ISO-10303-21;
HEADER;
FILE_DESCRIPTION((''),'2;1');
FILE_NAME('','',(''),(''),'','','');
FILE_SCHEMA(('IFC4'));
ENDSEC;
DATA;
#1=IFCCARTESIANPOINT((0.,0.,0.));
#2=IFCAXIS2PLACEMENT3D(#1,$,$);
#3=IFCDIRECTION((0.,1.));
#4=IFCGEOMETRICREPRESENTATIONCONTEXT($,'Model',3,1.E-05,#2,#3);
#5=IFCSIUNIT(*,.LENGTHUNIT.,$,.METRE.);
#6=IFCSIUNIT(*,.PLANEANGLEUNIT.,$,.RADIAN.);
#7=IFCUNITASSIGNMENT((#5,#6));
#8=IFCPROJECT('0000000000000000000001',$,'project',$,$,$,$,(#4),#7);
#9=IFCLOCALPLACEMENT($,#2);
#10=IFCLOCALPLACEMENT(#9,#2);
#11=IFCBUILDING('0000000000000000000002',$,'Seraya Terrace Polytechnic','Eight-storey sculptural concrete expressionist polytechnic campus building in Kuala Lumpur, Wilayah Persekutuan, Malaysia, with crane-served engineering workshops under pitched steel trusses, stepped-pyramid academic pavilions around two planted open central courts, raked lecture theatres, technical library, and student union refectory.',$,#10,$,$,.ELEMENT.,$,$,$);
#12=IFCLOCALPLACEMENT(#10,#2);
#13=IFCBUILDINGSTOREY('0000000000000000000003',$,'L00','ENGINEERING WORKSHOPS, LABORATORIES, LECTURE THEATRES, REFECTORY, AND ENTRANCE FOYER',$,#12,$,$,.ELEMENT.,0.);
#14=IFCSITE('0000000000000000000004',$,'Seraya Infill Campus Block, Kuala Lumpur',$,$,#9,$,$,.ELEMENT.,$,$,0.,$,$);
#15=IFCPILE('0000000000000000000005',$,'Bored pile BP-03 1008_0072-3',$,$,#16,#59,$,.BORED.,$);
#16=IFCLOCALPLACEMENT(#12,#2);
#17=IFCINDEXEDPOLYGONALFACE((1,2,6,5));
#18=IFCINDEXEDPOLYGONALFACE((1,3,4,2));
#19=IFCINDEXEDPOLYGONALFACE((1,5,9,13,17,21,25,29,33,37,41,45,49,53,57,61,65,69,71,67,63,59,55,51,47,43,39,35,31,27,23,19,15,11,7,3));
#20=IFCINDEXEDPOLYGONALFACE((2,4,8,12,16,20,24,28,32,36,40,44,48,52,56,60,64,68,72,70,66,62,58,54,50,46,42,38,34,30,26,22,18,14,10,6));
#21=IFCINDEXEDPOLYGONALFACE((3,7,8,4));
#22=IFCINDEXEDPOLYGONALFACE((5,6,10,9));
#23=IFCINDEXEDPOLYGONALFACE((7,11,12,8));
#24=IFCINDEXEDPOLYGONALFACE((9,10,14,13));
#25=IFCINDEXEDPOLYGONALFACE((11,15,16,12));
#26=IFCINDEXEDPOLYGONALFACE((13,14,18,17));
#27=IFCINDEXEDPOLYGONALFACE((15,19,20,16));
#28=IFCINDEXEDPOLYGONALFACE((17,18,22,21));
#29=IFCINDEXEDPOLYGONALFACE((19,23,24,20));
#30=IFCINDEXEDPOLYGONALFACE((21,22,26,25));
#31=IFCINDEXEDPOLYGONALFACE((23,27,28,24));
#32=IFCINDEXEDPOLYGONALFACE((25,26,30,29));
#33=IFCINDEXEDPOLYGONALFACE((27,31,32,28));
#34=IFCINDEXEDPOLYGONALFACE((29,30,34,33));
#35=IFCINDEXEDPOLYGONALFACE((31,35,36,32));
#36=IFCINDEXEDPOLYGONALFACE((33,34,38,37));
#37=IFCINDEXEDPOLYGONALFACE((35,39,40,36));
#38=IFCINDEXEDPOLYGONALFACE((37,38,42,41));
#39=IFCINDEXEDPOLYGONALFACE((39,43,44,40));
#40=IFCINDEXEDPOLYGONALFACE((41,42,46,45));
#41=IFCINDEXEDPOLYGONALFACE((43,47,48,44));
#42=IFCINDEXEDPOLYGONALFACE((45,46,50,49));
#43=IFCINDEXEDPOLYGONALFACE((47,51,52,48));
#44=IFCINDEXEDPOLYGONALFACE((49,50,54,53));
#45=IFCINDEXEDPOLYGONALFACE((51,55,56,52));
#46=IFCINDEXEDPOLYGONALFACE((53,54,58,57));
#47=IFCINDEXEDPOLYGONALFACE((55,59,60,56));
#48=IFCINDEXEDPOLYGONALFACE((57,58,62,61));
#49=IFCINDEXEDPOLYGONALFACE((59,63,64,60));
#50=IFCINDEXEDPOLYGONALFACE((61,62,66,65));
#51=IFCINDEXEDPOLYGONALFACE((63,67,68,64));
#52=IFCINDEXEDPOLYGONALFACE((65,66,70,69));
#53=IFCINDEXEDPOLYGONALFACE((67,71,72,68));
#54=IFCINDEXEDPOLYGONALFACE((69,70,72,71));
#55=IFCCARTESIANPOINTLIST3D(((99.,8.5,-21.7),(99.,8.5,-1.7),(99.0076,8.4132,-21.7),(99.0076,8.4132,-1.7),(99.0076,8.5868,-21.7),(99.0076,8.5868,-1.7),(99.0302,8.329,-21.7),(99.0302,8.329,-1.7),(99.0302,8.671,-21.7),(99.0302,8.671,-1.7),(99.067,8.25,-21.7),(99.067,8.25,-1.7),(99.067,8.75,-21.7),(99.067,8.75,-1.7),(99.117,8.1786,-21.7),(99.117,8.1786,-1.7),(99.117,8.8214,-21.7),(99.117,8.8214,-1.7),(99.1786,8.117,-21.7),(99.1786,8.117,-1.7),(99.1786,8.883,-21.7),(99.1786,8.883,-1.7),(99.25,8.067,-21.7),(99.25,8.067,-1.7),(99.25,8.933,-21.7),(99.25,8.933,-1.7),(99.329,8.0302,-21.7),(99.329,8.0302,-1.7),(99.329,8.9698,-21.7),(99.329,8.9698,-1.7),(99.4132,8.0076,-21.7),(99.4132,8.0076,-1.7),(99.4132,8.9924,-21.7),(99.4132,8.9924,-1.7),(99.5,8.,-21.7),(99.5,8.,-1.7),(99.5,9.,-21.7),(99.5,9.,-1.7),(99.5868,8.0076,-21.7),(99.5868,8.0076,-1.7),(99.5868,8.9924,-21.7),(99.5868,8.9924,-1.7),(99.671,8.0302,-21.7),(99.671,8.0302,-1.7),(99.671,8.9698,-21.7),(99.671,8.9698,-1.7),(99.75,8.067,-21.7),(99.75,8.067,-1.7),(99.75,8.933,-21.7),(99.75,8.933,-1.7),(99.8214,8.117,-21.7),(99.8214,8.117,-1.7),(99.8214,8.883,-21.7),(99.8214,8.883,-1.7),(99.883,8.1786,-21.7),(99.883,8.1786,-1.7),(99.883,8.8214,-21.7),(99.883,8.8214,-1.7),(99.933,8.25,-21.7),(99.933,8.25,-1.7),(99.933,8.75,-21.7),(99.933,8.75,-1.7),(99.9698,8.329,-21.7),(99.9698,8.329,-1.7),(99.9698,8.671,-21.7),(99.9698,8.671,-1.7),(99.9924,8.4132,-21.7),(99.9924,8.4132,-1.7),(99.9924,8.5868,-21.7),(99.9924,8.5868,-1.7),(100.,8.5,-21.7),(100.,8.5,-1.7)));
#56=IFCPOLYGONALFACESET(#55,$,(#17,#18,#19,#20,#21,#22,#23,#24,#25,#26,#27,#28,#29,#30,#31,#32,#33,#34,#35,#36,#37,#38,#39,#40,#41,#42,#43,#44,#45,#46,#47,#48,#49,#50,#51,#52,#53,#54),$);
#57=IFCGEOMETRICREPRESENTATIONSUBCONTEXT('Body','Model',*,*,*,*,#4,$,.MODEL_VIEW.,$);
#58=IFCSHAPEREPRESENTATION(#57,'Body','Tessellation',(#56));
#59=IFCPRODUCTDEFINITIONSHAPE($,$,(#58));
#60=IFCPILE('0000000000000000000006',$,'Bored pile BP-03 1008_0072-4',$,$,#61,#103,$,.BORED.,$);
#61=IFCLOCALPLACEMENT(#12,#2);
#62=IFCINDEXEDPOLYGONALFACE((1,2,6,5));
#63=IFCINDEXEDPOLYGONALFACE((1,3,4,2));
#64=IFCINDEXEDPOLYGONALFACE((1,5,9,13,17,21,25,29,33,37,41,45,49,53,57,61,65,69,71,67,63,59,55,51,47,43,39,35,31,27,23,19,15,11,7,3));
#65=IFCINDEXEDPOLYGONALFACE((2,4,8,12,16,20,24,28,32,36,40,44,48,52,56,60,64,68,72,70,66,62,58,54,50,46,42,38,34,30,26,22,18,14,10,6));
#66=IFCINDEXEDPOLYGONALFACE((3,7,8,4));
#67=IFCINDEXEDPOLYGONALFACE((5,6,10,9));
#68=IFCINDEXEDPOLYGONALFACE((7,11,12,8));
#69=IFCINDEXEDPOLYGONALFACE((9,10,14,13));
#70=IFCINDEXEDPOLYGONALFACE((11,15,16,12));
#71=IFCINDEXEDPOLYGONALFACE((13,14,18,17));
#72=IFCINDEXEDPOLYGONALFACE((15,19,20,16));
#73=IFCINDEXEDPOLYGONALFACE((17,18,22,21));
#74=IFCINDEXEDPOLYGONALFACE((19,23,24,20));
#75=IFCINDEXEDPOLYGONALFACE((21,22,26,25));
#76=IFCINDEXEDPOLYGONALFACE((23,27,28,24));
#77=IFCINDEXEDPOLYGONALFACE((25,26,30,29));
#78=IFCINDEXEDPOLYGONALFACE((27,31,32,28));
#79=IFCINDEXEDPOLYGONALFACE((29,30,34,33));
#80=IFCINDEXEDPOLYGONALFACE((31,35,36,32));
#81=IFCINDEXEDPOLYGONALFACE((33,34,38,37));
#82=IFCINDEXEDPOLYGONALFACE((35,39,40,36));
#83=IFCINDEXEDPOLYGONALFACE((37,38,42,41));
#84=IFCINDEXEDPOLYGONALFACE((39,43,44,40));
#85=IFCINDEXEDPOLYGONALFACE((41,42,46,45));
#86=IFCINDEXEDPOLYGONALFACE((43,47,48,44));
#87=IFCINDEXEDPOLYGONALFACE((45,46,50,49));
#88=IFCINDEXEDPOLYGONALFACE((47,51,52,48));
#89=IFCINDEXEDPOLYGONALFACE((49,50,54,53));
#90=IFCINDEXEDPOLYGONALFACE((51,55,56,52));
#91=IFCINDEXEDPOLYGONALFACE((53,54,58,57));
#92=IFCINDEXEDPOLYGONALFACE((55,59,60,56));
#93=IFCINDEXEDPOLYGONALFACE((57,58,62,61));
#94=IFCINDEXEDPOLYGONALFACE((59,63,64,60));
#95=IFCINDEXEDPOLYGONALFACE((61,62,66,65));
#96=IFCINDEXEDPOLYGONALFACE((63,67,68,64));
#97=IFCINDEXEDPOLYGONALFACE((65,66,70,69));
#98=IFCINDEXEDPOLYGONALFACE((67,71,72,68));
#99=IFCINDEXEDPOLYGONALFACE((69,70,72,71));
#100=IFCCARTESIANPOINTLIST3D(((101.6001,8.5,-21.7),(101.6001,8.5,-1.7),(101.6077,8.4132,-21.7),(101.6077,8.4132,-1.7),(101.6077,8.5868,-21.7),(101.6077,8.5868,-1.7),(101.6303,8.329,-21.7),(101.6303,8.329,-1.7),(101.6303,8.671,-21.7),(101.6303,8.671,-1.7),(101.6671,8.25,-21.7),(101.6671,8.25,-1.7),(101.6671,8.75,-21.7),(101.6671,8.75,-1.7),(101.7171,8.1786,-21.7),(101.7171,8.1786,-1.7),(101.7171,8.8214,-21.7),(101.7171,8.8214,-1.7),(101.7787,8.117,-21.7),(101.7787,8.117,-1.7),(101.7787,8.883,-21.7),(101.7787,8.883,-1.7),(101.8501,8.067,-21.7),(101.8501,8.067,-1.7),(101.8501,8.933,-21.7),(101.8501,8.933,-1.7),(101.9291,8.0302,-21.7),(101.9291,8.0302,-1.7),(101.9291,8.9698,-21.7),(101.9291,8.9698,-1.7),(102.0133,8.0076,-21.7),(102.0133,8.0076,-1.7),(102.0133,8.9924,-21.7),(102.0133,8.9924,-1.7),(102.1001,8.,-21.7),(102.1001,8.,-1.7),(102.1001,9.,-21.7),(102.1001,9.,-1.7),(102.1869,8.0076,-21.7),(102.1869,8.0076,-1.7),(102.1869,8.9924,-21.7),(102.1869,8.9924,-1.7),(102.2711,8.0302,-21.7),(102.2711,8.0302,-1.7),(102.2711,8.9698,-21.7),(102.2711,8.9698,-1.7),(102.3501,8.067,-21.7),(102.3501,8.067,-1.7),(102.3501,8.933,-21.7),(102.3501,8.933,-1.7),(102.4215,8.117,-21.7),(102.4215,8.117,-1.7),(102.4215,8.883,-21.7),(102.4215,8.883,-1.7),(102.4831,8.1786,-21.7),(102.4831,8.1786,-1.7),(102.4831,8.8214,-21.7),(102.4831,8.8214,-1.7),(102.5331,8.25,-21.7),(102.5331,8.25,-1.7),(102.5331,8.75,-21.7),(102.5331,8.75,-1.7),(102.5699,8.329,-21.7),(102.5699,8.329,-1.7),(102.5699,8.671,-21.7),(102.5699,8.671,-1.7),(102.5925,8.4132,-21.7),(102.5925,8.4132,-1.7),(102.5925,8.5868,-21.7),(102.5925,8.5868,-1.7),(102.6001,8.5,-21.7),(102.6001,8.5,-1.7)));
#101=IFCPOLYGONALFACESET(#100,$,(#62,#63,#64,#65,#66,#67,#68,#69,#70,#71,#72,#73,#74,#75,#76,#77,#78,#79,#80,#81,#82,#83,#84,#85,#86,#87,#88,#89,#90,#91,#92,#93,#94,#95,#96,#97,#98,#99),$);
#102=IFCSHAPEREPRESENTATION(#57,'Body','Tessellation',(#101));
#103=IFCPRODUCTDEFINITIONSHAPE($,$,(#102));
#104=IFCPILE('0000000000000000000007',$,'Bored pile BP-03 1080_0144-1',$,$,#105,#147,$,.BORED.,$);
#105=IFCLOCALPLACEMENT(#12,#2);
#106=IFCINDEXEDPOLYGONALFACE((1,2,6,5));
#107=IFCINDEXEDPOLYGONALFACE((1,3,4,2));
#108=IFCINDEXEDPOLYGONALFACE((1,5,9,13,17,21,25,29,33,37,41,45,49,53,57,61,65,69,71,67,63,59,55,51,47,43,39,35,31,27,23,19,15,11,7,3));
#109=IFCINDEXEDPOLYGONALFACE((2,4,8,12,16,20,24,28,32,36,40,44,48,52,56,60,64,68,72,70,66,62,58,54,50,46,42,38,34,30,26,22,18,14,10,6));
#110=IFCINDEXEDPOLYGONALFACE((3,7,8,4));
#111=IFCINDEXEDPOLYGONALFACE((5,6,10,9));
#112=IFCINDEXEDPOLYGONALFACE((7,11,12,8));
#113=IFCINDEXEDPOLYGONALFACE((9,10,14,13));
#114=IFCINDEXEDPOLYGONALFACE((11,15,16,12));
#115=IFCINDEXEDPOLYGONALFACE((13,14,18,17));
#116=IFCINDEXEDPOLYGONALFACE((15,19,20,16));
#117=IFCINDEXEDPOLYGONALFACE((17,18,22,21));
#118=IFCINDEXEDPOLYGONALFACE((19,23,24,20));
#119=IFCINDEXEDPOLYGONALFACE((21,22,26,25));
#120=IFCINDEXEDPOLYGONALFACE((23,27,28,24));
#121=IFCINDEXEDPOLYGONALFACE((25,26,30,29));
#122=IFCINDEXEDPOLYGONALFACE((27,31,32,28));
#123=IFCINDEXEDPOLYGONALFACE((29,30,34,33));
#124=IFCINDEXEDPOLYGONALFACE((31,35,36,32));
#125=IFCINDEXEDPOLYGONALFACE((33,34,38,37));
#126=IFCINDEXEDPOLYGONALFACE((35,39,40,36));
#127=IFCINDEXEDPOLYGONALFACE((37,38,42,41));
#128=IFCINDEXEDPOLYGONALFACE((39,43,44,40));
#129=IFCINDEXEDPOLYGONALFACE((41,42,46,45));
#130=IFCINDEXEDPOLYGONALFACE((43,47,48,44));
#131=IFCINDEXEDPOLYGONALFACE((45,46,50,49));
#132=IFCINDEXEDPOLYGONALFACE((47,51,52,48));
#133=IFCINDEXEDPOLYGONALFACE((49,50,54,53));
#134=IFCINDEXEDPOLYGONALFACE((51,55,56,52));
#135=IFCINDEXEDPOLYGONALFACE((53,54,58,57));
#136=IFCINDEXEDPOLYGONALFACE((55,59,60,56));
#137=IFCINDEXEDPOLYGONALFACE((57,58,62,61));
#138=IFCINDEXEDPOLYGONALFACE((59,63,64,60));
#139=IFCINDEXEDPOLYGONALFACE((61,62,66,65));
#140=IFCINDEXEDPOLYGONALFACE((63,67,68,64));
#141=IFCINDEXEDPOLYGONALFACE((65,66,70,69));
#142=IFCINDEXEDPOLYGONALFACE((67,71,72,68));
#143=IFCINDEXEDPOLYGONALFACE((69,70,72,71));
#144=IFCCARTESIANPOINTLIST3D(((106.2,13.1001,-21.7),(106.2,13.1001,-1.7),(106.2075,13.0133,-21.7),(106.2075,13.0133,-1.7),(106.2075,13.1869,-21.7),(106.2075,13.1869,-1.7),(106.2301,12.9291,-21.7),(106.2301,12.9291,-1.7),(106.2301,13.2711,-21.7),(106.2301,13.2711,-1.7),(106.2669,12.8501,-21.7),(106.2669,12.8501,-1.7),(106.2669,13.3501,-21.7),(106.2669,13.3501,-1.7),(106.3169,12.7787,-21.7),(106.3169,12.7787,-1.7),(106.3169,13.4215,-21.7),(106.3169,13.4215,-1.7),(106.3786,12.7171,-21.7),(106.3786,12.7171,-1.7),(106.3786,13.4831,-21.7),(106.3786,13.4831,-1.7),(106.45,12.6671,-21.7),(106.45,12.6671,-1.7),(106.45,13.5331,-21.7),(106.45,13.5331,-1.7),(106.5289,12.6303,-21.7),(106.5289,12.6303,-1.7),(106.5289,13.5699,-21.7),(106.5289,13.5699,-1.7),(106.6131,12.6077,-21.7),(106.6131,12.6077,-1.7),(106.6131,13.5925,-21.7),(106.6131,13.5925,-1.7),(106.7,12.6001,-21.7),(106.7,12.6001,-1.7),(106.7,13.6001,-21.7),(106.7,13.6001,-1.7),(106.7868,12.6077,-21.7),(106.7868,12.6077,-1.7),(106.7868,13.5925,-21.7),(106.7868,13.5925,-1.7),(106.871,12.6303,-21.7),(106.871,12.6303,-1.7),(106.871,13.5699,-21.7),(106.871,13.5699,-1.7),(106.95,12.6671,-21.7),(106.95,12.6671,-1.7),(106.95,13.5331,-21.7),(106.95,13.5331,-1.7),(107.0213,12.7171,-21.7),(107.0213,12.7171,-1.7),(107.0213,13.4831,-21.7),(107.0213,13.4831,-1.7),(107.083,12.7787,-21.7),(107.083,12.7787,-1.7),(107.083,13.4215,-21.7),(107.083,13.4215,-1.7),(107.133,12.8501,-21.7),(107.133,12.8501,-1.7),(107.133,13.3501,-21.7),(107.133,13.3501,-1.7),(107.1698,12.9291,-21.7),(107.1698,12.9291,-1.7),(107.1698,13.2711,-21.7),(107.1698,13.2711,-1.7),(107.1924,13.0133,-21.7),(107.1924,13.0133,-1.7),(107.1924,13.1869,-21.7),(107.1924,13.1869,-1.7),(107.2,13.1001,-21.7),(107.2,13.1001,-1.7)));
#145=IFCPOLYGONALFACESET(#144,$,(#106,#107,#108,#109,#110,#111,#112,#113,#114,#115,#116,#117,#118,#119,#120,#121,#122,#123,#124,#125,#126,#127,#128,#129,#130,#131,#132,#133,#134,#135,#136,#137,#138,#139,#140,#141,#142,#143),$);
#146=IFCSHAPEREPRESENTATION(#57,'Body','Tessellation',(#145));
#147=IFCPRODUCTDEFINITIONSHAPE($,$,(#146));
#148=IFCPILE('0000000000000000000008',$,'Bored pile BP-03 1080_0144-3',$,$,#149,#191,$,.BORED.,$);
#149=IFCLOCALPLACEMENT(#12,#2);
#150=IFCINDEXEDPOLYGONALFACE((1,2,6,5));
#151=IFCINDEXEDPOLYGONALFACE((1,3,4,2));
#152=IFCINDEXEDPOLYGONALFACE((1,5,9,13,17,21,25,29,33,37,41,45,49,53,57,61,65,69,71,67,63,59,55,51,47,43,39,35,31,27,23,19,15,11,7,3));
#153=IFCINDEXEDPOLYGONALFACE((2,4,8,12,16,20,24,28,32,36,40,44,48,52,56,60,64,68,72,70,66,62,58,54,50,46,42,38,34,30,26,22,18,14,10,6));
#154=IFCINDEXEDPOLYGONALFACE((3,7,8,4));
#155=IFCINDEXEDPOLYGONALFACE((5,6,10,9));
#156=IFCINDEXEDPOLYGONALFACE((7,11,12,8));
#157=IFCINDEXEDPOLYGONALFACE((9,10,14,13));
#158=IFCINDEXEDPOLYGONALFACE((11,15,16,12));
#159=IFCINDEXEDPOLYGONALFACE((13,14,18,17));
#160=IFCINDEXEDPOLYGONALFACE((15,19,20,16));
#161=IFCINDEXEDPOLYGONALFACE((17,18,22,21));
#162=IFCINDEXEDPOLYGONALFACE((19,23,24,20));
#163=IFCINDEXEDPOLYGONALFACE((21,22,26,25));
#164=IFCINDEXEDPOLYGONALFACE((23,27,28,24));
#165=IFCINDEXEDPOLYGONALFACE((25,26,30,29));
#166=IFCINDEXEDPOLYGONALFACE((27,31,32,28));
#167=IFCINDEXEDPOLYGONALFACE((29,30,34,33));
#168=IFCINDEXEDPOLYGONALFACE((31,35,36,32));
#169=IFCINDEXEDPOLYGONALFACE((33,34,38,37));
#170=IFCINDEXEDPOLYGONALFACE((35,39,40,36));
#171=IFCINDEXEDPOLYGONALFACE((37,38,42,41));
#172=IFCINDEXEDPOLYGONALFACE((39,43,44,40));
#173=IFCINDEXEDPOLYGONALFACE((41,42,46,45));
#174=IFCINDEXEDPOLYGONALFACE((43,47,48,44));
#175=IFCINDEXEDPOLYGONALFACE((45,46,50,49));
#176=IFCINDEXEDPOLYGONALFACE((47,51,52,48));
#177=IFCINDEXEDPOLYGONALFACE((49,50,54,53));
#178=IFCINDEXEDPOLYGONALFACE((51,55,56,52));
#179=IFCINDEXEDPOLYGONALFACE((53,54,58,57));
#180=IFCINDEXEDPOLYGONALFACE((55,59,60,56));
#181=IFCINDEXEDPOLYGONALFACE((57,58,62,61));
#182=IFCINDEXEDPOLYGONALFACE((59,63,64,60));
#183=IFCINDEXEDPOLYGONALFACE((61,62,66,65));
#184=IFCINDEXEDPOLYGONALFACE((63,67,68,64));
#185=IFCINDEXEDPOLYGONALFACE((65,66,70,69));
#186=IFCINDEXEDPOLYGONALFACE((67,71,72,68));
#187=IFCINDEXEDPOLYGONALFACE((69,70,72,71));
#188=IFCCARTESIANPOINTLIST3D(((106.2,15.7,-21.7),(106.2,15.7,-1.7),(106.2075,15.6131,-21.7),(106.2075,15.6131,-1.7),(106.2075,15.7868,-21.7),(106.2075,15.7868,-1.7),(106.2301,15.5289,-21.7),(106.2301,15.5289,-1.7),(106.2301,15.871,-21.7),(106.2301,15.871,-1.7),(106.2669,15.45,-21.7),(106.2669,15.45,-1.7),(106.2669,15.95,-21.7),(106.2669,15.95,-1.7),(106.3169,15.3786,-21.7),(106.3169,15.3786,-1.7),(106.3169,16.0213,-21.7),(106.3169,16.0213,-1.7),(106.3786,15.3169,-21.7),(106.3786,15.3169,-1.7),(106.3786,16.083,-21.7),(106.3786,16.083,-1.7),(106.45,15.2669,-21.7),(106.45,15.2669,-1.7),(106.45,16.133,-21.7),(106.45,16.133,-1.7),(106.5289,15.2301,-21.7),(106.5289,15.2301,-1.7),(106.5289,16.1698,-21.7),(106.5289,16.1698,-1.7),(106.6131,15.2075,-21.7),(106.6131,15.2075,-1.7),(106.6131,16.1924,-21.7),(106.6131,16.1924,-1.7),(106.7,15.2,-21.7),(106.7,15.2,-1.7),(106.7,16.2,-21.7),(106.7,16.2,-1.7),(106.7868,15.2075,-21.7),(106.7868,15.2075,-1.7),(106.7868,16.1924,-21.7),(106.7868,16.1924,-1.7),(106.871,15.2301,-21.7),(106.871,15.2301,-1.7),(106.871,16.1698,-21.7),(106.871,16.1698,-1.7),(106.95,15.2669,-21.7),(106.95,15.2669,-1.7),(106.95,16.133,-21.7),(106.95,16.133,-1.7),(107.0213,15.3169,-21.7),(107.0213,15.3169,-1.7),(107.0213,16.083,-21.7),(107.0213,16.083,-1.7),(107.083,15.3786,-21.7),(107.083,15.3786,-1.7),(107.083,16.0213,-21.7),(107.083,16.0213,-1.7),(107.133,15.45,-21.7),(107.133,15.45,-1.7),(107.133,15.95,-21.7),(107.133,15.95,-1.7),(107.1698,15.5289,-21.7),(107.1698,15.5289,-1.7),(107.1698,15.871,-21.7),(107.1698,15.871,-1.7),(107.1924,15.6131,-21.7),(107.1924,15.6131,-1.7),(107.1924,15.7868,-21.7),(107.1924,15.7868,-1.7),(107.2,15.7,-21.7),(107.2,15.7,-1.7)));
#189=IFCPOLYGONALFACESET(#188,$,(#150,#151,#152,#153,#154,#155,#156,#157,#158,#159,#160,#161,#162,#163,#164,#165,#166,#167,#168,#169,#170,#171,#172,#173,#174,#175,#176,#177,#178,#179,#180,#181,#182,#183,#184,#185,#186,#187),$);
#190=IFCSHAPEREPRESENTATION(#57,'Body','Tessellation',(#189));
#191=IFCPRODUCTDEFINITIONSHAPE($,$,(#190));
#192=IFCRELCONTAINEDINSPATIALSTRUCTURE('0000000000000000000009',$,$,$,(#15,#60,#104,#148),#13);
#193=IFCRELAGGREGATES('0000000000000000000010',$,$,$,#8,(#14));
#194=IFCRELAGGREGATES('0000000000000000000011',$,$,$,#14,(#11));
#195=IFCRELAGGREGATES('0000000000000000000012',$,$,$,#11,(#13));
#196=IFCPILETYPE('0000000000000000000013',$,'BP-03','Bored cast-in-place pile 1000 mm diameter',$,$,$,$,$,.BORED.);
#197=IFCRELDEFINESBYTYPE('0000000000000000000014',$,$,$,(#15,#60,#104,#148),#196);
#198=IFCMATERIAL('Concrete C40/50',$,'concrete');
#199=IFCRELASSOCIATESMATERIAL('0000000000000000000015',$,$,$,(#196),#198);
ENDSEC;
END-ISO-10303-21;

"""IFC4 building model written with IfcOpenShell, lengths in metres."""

from ifc_helpers import new_model, si_unit, direction, frame, origin, origin_2d, place, context, subcontext, project, spatial, circle, extrude, material, material_profile, profile_set, type_object, element, save


model = new_model("IFC4")

# Units and contexts
model_context = context("Model", 3, precision=1e-05, world=origin(), true_north=direction((0.0, 1.0)))
body_context = subcontext(model_context, "Body", "Model", "MODEL_VIEW")
ifc_project = project(units=[si_unit("LENGTHUNIT", "METRE"), si_unit("PLANEANGLEUNIT", "RADIAN")], contexts=[model_context])

# Site, building, storey
site_placement = place(None, origin())
site = spatial("IfcSite", under=ifc_project, at=site_placement, Name="Seraya Infill Campus Block, Kuala Lumpur", CompositionType="ELEMENT", RefElevation=0.0)
building_placement = place(site_placement, origin())
building = spatial("IfcBuilding", under=site, at=building_placement, Name="Seraya Terrace Polytechnic", Description="Eight-storey sculptural concrete expressionist polytechnic campus building in Kuala Lumpur, Wilayah Persekutuan, Malaysia, with crane-served engineering workshops under pitched steel trusses, stepped-pyramid academic pavilions around two planted open central courts, raked lecture theatres, technical library, and student union refectory.", CompositionType="ELEMENT")
storey_placement = place(building_placement, origin())
storey = spatial("IfcBuildingStorey", under=building, at=storey_placement, Name="L00", Description="ENGINEERING WORKSHOPS, LABORATORIES, LECTURE THEATRES, REFECTORY, AND ENTRANCE FOYER", CompositionType="ELEMENT", Elevation=0.0)

# Piles
ifc_material_1 = material(Name="Concrete C40/50", Category="concrete")
ifc_material_profile_1 = material_profile(ifc_material_1, circle(Radius=0.5, at=origin_2d()), Name="DIA 1000")
ifc_profile_set_1 = profile_set([ifc_material_profile_1], Name="Concrete C40/50")
pile_type_1 = type_object("IfcPileType", Name="BP-03", Description="Bored cast-in-place pile 1000 mm diameter", PredefinedType="BORED", material=ifc_profile_set_1)
for number, where, z_axis, x_axis, name in (
    (1, (99.5, 8.5, -1.7), (0.0, 0.0, -1.0), (1.0, 0.0, 0.0), "Bored pile BP-03 1008_0072-3"),
    (2, (102.1001, 8.5, -1.7), (0.0, 0.0, -1.0), (1.0, 0.0, 0.0), "Bored pile BP-03 1008_0072-4"),
    (3, (106.7, 13.1001, -1.7), (0.0, 0.0, -1.0), (1.0, 0.0, 0.0), "Bored pile BP-03 1080_0144-1"),
    (4, (106.7, 15.7, -1.7), (0.0, 0.0, -1.0), (1.0, 0.0, 0.0), "Bored pile BP-03 1080_0144-3"),
):
    element("IfcPile", number, at=place(storey_placement, frame(where, z_axis=z_axis, x_axis=x_axis)), inside=storey, type_object=pile_type_1, Name=name, PredefinedType="BORED", context=body_context, shape_type="SweptSolid", body=[
        extrude(circle(Radius=0.5, at=origin_2d()), origin(), (0.0, 0.0, 1.0), 20.0),
    ])

save(model, "model.ifc")
